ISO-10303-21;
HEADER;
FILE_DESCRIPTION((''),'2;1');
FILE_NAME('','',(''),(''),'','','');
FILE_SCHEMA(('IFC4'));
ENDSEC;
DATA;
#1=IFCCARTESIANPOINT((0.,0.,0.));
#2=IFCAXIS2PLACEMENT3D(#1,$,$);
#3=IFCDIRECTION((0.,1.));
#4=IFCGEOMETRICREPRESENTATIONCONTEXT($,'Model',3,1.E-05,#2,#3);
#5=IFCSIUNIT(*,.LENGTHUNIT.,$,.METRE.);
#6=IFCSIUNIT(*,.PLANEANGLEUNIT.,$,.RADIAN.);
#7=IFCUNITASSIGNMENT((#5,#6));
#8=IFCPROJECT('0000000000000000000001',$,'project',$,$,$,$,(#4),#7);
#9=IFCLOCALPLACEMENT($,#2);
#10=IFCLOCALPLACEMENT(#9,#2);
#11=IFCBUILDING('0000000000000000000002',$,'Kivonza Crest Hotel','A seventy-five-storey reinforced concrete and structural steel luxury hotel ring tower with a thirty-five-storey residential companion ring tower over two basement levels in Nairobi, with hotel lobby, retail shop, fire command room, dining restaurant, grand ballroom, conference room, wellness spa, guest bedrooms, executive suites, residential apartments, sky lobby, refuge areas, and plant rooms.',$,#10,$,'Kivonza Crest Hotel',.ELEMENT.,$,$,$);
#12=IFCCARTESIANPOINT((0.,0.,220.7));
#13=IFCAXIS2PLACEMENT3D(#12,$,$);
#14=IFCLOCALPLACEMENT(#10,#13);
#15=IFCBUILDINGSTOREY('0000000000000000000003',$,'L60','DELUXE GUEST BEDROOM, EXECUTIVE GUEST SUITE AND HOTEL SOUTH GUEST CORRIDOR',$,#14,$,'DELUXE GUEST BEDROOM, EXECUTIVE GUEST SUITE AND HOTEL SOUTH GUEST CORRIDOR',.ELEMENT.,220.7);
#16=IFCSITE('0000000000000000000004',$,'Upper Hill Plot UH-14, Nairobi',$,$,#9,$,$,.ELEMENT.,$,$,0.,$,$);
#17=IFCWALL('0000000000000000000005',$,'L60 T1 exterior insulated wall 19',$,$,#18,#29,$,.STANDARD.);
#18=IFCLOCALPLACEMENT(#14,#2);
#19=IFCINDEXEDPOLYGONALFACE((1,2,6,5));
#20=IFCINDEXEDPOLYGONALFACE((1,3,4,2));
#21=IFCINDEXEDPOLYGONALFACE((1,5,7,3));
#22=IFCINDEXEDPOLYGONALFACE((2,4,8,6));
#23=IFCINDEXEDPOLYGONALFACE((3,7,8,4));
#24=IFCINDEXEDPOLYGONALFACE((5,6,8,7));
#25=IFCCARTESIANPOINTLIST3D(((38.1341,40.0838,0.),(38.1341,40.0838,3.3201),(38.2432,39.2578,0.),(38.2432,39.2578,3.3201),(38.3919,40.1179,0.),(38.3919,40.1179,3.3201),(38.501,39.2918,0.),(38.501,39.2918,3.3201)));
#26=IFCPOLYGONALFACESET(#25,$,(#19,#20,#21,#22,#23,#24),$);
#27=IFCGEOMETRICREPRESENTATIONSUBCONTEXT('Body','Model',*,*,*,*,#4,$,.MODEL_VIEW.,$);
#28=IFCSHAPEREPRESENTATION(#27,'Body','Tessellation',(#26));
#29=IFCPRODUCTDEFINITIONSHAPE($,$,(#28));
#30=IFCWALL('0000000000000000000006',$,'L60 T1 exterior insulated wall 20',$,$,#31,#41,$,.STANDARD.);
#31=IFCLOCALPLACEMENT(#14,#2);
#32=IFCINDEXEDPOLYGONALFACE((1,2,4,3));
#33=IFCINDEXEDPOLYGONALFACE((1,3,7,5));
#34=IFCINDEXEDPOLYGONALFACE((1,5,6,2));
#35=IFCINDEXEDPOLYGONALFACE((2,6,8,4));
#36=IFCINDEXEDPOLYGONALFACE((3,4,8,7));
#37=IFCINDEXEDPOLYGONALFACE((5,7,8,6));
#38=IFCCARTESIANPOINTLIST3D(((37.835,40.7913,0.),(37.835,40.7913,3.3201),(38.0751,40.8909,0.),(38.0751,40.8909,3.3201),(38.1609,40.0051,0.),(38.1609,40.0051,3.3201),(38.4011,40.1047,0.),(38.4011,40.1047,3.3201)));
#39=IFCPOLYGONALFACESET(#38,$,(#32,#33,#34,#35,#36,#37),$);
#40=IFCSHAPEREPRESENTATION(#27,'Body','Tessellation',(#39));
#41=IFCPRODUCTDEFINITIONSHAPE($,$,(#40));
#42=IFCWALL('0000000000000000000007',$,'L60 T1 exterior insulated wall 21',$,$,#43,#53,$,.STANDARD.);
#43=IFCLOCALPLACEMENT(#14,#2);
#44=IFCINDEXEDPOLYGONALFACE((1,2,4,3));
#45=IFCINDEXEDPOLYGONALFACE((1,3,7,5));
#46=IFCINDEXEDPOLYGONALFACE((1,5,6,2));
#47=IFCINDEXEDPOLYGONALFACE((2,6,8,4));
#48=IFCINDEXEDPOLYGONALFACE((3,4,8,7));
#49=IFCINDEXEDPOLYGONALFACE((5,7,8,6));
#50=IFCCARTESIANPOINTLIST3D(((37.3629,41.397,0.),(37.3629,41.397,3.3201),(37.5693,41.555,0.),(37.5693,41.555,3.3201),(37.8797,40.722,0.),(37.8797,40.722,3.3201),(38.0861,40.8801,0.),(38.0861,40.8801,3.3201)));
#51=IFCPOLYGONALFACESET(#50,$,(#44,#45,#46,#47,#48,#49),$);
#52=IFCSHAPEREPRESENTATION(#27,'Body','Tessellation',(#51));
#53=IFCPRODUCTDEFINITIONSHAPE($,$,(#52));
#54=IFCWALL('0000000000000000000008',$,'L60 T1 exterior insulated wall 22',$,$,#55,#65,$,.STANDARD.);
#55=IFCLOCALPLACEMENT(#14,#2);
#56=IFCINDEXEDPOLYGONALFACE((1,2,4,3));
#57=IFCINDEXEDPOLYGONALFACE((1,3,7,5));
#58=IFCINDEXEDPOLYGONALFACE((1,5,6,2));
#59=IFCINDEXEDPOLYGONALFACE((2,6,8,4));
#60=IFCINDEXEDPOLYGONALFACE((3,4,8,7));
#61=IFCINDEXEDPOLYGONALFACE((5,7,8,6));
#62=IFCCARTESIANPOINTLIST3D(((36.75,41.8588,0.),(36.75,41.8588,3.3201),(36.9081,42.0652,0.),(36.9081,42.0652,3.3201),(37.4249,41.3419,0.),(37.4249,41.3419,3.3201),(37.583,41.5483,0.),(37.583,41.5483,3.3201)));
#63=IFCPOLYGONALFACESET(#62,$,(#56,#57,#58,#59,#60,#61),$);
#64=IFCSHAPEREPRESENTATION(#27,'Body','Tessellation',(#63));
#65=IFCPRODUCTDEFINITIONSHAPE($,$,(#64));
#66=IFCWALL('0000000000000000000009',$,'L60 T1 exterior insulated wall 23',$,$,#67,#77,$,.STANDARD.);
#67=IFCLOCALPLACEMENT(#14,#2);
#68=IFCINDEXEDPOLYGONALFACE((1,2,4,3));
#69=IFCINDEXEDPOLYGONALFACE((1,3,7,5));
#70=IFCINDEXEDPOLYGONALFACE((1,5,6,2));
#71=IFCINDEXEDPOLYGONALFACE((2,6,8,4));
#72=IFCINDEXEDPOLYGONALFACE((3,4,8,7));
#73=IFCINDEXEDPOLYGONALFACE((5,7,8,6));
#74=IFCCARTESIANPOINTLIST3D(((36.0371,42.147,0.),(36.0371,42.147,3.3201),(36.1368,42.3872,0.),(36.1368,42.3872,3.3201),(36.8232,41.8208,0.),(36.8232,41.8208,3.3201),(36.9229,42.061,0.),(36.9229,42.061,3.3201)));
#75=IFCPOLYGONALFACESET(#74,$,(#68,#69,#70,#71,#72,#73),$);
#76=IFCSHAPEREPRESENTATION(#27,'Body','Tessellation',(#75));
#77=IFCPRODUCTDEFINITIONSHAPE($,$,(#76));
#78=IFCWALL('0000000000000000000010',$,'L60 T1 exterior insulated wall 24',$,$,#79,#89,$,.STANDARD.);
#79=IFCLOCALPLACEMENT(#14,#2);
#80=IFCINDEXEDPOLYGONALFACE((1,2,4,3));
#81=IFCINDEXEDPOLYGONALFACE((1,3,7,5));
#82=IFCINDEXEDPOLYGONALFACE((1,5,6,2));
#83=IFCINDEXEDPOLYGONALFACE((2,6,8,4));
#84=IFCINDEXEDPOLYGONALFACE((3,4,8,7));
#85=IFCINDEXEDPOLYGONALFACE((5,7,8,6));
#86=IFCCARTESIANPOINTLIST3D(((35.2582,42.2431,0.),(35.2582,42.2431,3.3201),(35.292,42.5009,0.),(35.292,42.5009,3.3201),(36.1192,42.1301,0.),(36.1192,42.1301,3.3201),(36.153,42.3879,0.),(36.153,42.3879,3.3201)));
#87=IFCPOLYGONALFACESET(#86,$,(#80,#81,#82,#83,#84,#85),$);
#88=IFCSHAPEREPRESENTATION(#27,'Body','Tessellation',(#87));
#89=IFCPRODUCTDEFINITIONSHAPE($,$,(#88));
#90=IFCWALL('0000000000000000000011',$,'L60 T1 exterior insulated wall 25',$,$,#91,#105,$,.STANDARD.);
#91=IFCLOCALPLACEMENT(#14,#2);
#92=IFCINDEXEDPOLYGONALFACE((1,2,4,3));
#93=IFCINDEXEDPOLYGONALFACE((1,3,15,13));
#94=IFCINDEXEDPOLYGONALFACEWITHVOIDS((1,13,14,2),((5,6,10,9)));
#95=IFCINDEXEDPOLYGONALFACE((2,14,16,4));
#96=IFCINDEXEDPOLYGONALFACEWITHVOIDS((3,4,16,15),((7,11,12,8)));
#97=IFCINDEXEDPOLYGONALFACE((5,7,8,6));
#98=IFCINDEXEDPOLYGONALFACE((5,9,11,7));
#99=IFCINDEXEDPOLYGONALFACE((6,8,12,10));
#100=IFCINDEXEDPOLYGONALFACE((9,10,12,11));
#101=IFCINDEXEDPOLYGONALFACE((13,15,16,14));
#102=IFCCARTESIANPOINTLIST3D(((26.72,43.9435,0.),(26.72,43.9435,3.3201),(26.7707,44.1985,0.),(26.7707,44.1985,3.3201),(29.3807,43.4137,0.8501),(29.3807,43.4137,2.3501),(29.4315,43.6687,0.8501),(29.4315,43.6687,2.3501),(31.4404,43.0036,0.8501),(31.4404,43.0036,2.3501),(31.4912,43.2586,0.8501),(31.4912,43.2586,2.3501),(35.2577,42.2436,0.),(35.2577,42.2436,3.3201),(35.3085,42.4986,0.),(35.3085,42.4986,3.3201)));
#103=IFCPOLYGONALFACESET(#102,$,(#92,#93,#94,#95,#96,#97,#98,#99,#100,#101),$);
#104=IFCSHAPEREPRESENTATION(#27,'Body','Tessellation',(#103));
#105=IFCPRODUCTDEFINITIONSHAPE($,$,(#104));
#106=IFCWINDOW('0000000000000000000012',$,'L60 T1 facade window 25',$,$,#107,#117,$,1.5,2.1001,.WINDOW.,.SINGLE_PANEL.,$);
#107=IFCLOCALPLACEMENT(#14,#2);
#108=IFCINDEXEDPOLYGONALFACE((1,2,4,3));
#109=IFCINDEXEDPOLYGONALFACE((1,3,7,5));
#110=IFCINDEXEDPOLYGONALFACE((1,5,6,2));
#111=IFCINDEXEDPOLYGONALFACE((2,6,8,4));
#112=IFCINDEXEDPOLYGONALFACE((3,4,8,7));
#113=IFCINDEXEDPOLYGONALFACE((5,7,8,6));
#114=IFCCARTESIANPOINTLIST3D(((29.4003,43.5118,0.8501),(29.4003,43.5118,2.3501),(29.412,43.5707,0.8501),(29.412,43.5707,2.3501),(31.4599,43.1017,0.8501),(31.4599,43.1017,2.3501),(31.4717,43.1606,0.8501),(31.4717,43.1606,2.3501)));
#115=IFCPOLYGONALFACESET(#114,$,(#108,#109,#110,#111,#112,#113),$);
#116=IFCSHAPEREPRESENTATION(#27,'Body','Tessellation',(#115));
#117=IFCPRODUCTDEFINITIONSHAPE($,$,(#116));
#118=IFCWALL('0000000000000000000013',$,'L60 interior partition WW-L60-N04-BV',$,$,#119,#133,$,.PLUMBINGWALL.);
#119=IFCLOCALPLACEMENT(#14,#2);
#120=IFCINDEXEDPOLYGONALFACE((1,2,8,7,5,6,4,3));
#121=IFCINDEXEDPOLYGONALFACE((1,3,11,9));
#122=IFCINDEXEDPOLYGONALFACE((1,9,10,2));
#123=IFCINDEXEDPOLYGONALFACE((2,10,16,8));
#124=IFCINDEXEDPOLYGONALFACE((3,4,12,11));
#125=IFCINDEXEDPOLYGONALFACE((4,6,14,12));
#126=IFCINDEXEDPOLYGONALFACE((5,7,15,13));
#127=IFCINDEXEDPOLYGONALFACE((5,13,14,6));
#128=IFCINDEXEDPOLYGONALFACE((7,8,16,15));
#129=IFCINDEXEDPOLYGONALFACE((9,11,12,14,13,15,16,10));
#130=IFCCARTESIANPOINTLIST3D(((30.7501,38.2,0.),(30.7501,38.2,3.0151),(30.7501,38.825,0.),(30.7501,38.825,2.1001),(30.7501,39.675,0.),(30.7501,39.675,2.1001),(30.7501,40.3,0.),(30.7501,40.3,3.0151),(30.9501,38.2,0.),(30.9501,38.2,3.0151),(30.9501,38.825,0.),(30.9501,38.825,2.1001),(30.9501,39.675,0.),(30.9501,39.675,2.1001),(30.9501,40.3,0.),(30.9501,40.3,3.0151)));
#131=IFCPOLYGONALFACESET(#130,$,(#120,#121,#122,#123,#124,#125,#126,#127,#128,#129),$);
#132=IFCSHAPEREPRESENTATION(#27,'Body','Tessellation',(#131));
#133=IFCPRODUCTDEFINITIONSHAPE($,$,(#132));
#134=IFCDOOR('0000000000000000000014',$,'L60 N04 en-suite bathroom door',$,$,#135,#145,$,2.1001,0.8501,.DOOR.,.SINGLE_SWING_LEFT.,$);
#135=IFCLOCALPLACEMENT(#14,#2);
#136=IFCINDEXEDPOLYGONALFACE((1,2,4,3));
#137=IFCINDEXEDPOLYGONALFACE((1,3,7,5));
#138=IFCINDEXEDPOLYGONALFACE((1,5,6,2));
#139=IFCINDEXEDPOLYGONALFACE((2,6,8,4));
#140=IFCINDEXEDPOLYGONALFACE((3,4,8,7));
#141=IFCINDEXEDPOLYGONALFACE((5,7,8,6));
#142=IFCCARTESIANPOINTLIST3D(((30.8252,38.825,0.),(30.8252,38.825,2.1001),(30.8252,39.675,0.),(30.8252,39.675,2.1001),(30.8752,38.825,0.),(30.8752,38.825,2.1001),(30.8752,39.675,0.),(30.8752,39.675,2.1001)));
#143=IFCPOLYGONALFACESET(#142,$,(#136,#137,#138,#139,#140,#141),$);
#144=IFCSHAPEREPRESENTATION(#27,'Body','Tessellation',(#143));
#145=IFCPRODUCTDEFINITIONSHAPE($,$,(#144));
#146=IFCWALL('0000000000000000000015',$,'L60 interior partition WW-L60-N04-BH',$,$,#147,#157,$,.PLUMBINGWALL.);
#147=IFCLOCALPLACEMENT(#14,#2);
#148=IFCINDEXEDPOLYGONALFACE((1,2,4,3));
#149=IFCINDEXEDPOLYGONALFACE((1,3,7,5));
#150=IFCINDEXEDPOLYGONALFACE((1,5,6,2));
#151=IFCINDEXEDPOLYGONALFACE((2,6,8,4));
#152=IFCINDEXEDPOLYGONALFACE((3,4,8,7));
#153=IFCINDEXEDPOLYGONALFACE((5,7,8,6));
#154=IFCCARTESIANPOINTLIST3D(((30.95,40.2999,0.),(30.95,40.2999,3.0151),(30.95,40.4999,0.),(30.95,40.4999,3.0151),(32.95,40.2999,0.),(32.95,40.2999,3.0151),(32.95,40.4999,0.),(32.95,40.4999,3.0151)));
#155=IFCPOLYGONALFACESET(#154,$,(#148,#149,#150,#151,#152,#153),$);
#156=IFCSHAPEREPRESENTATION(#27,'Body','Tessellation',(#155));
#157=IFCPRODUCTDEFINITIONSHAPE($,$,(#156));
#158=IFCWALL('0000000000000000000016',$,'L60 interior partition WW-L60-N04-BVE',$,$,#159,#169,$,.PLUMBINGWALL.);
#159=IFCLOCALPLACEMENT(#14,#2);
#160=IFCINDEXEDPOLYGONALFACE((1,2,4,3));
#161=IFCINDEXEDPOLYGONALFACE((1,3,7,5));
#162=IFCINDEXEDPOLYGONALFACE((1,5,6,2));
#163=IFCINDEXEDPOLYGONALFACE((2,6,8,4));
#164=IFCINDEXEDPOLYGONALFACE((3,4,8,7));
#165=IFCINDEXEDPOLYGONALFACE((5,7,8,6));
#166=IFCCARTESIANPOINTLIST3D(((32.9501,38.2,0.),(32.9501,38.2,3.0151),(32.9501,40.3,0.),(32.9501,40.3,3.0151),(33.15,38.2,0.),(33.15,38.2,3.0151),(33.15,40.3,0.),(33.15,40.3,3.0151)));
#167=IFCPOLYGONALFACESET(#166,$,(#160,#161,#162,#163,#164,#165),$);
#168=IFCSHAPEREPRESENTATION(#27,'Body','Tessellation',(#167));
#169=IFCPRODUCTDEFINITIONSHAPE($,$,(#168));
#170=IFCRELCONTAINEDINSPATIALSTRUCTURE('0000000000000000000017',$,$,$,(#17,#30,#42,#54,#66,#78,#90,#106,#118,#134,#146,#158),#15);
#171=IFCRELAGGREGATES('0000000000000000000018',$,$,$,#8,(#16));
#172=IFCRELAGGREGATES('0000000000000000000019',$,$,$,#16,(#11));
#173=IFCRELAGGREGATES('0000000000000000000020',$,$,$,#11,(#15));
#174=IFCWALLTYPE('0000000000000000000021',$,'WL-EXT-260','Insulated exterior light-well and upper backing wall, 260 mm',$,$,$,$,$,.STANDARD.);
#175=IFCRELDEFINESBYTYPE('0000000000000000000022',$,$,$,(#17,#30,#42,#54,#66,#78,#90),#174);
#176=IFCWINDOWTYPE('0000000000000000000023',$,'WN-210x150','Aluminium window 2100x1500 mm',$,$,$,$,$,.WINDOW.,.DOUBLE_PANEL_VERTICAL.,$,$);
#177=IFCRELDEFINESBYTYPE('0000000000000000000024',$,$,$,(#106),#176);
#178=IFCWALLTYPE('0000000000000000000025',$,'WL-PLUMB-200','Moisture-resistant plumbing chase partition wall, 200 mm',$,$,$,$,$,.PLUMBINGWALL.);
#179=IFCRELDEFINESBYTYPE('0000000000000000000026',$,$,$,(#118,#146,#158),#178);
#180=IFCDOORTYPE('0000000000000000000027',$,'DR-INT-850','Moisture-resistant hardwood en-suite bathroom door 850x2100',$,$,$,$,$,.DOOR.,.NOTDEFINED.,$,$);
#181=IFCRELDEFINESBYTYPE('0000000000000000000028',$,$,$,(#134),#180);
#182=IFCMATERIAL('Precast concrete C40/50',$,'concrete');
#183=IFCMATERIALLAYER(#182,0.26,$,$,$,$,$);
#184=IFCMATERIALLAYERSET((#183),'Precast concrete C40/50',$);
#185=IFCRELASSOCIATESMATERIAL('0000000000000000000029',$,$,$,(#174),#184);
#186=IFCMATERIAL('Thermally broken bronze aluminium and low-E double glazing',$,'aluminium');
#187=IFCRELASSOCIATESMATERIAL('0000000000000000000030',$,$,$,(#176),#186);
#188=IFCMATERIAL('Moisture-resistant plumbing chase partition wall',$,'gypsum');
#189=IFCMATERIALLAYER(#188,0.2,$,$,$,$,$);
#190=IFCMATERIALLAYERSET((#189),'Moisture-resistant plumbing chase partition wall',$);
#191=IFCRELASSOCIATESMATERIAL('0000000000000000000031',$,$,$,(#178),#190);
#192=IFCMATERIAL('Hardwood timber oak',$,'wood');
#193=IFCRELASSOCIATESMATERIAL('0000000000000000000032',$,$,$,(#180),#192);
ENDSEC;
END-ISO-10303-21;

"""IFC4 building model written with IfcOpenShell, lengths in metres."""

from ifc_helpers import new_model, si_unit, direction, frame, frame_2d, origin, place, context, subcontext, project, spatial, rectangle, extrude, material, layer, layer_set, type_object, element, fill, save


model = new_model("IFC4")

# Units and contexts
model_context = context("Model", 3, precision=1e-05, world=origin(), true_north=direction((0.0, 1.0)))
body_context = subcontext(model_context, "Body", "Model", "MODEL_VIEW")
ifc_project = project(units=[si_unit("LENGTHUNIT", "METRE"), si_unit("PLANEANGLEUNIT", "RADIAN")], contexts=[model_context])

# Site, building, storey
site_placement = place(None, origin())
site = spatial("IfcSite", under=ifc_project, at=site_placement, Name="Upper Hill Plot UH-14, Nairobi", CompositionType="ELEMENT", RefElevation=0.0)
building_placement = place(site_placement, origin())
building = spatial("IfcBuilding", under=site, at=building_placement, Name="Kivonza Crest Hotel", Description="A seventy-five-storey reinforced concrete and structural steel luxury hotel ring tower with a thirty-five-storey residential companion ring tower over two basement levels in Nairobi, with hotel lobby, retail shop, fire command room, dining restaurant, grand ballroom, conference room, wellness spa, guest bedrooms, executive suites, residential apartments, sky lobby, refuge areas, and plant rooms.", LongName="Kivonza Crest Hotel", CompositionType="ELEMENT")
storey_placement = place(building_placement, frame((0.0, 0.0, 220.7)))
storey = spatial("IfcBuildingStorey", under=building, at=storey_placement, Name="L60", Description="DELUXE GUEST BEDROOM, EXECUTIVE GUEST SUITE AND HOTEL SOUTH GUEST CORRIDOR", LongName="DELUXE GUEST BEDROOM, EXECUTIVE GUEST SUITE AND HOTEL SOUTH GUEST CORRIDOR", CompositionType="ELEMENT", Elevation=220.7)

# Shared definitions
ifc_material_1 = material(Name="Hardwood timber oak", Category="wood")

# Walls
ifc_material_2 = material(Name="Precast concrete C40/50", Category="concrete")
ifc_layer_1 = layer(ifc_material_2, 0.26)
ifc_layer_set_1 = layer_set([ifc_layer_1], Name="Precast concrete C40/50")
wall_type_1 = type_object("IfcWallType", Name="WL-EXT-260", Description="Insulated exterior light-well and upper backing wall, 260 mm", PredefinedType="STANDARD", material=ifc_layer_set_1)
wall_1_placement = place(storey_placement, frame((38.3721, 39.2749, 0.0), z_axis=(0.0, 0.0, 1.0), x_axis=(-0.130955, 0.991388, 0.0)))
element("IfcWall", 1, at=wall_1_placement, inside=storey, type_object=wall_type_1, Name="L60 T1 exterior insulated wall 19", PredefinedType="STANDARD", context=body_context, shape_type="SweptSolid", body=[
    extrude(rectangle(XDim=0.8333, YDim=0.26, at=frame_2d((0.4165, 0.0))), origin(), (0.0, 0.0, 1.0), 3.3201),
])
wall_2_placement = place(storey_placement, frame((38.281, 40.0549, 0.0), z_axis=(0.0, 0.0, 1.0), x_axis=(-0.382985, 0.923754, 0.0)))
element("IfcWall", 2, at=wall_2_placement, inside=storey, type_object=wall_type_1, Name="L60 T1 exterior insulated wall 20", PredefinedType="STANDARD", context=body_context, shape_type="SweptSolid", body=[
    extrude(rectangle(XDim=0.8511, YDim=0.26, at=frame_2d((0.4255, 0.0))), origin(), (0.0, 0.0, 1.0), 3.3201),
])
for number, where, z_axis, x_axis, name in (
    (3, (37.9829, 40.801, 0.0), (0.0, 0.0, 1.0), (-0.607919, 0.793999, 0.0), "L60 T1 exterior insulated wall 21"),
    (4, (37.5039, 41.4451, 0.0), (0.0, 0.0, 1.0), (-0.793893, 0.608058, 0.0), "L60 T1 exterior insulated wall 22"),
):
    element("IfcWall", number, at=place(storey_placement, frame(where, z_axis=z_axis, x_axis=x_axis)), inside=storey, type_object=wall_type_1, Name=name, PredefinedType="STANDARD", context=body_context, shape_type="SweptSolid", body=[
        extrude(rectangle(XDim=0.8501, YDim=0.26, at=frame_2d((0.425, 0.0))), origin(), (0.0, 0.0, 1.0), 3.3201),
    ])
wall_3_placement = place(storey_placement, frame((36.873, 41.9409, 0.0), z_axis=(0.0, 0.0, 1.0), x_axis=(-0.923653, 0.38323, 0.0)))
element("IfcWall", 5, at=wall_3_placement, inside=storey, type_object=wall_type_1, Name="L60 T1 exterior insulated wall 23", PredefinedType="STANDARD", context=body_context, shape_type="SweptSolid", body=[
    extrude(rectangle(XDim=0.8511, YDim=0.26, at=frame_2d((0.4255, 0.0))), origin(), (0.0, 0.0, 1.0), 3.3201),
])
wall_4_placement = place(storey_placement, frame((36.136, 42.259, 0.0), z_axis=(0.0, 0.0, 1.0), x_axis=(-0.991493, 0.130156, 0.0)))
element("IfcWall", 6, at=wall_4_placement, inside=storey, type_object=wall_type_1, Name="L60 T1 exterior insulated wall 24", PredefinedType="STANDARD", context=body_context, shape_type="SweptSolid", body=[
    extrude(rectangle(XDim=0.8684, YDim=0.26, at=frame_2d((0.4341, 0.0))), origin(), (0.0, 0.0, 1.0), 3.3201),
])

# Wall, opening, window
wall_5_placement = place(storey_placement, frame((35.283, 42.3711, 0.0), z_axis=(0.0, 0.0, 1.0), x_axis=(-0.980749, 0.195275, 0.0)))
wall_5 = element("IfcWall", 7, at=wall_5_placement, inside=storey, type_object=wall_type_1, Name="L60 T1 exterior insulated wall 25", PredefinedType="STANDARD", context=body_context, shape_type="SweptSolid", body=[
    extrude(rectangle(XDim=8.7053, YDim=0.26, at=frame_2d((4.3525, 0.0))), origin(), (0.0, 0.0, 1.0), 3.3201),
])
opening_1_placement = place(wall_5_placement, frame((3.8921, 0.0, 0.8501)))
opening_1 = element("IfcOpeningElement", 8, at=opening_1_placement, cuts=wall_5, PredefinedType="OPENING", context=body_context, shape_type="SweptSolid", body=[
    extrude(rectangle(XDim=2.1001, YDim=1.5, at=frame_2d((1.05, 0.75))), frame((0.0, 0.1401, 0.0), z_axis=(0.0, -1.0, 0.0), x_axis=(1.0, 0.0, 0.0)), (0.0, 0.0, 1.0), 0.28),
])
ifc_material_3 = material(Name="Thermally broken bronze aluminium and low-E double glazing", Category="aluminium")
window_type = type_object("IfcWindowType", Name="WN-210x150", Description="Aluminium window 2100x1500 mm", PartitioningType="DOUBLE_PANEL_VERTICAL", PredefinedType="WINDOW", material=ifc_material_3)
window_placement = place(opening_1_placement, origin())
window = element("IfcWindow", 9, at=window_placement, inside=storey, type_object=window_type, Name="L60 T1 facade window 25", OverallHeight=1.5, OverallWidth=2.1001, PartitioningType="SINGLE_PANEL", PredefinedType="WINDOW", context=body_context, shape_type="SweptSolid", body=[
    extrude(rectangle(XDim=2.1001, YDim=1.5, at=frame_2d((1.05, 0.75))), frame((0.0, 0.03, 0.0), z_axis=(0.0, -1.0, 0.0), x_axis=(1.0, 0.0, 0.0)), (0.0, 0.0, 1.0), 0.0601),
])
fill(opening_1, window)

# Wall, opening, door
ifc_material_4 = material(Name="Moisture-resistant plumbing chase partition wall", Category="gypsum")
ifc_layer_2 = layer(ifc_material_4, 0.2)
ifc_layer_set_2 = layer_set([ifc_layer_2], Name="Moisture-resistant plumbing chase partition wall")
wall_type_2 = type_object("IfcWallType", Name="WL-PLUMB-200", Description="Moisture-resistant plumbing chase partition wall, 200 mm", PredefinedType="PLUMBINGWALL", material=ifc_layer_set_2)
wall_6_placement = place(storey_placement, frame((30.8501, 38.2, 0.0), z_axis=(0.0, 0.0, 1.0), x_axis=(0.0, 1.0, 0.0)))
wall_6 = element("IfcWall", 10, at=wall_6_placement, inside=storey, type_object=wall_type_2, Name="L60 interior partition WW-L60-N04-BV", PredefinedType="PLUMBINGWALL", context=body_context, shape_type="SweptSolid", body=[
    extrude(rectangle(XDim=2.1001, YDim=0.2, at=frame_2d((1.05, 0.0))), origin(), (0.0, 0.0, 1.0), 3.0151),
])
opening_2_placement = place(wall_6_placement, frame((0.625, 0.0, 0.0)))
opening_2 = element("IfcOpeningElement", 11, at=opening_2_placement, cuts=wall_6, PredefinedType="OPENING", context=body_context, shape_type="SweptSolid", body=[
    extrude(rectangle(XDim=0.8501, YDim=2.1001, at=frame_2d((0.425, 1.05))), frame((0.0, 0.1099, 0.0), z_axis=(0.0, -1.0, 0.0), x_axis=(1.0, 0.0, 0.0)), (0.0, 0.0, 1.0), 0.22),
])
door_type_1 = type_object("IfcDoorType", Name="DR-INT-850", Description="Moisture-resistant hardwood en-suite bathroom door 850x2100", OperationType="NOTDEFINED", PredefinedType="DOOR", material=ifc_material_1)
door_1_placement = place(opening_2_placement, origin())
door_1 = element("IfcDoor", 12, at=door_1_placement, inside=storey, type_object=door_type_1, Name="L60 N04 en-suite bathroom door", OperationType="SINGLE_SWING_LEFT", OverallHeight=2.1001, OverallWidth=0.8501, PredefinedType="DOOR", context=body_context, shape_type="SweptSolid", body=[
    extrude(rectangle(XDim=0.8501, YDim=2.1001, at=frame_2d((0.425, 1.05))), frame((0.0, 0.0249, 0.0), z_axis=(0.0, -1.0, 0.0), x_axis=(1.0, 0.0, 0.0)), (0.0, 0.0, 1.0), 0.05),
])
fill(opening_2, door_1)

# Walls
wall_7_placement = place(storey_placement, frame((30.95, 40.3999, 0.0), z_axis=(0.0, 0.0, 1.0), x_axis=(1.0, 0.0, 0.0)))
element("IfcWall", 13, at=wall_7_placement, inside=storey, type_object=wall_type_2, Name="L60 interior partition WW-L60-N04-BH", PredefinedType="PLUMBINGWALL", context=body_context, shape_type="SweptSolid", body=[
    extrude(rectangle(XDim=2.0, YDim=0.2, at=frame_2d((1.0, 0.0))), origin(), (0.0, 0.0, 1.0), 3.0151),
])
wall_8_placement = place(storey_placement, frame((33.05, 38.2, 0.0), z_axis=(0.0, 0.0, 1.0), x_axis=(0.0, 1.0, 0.0)))
element("IfcWall", 14, at=wall_8_placement, inside=storey, type_object=wall_type_2, Name="L60 interior partition WW-L60-N04-BVE", PredefinedType="PLUMBINGWALL", context=body_context, shape_type="SweptSolid", body=[
    extrude(rectangle(XDim=2.1001, YDim=0.2, at=frame_2d((1.05, 0.0))), origin(), (0.0, 0.0, 1.0), 3.0151),
])

save(model, "model.ifc")
